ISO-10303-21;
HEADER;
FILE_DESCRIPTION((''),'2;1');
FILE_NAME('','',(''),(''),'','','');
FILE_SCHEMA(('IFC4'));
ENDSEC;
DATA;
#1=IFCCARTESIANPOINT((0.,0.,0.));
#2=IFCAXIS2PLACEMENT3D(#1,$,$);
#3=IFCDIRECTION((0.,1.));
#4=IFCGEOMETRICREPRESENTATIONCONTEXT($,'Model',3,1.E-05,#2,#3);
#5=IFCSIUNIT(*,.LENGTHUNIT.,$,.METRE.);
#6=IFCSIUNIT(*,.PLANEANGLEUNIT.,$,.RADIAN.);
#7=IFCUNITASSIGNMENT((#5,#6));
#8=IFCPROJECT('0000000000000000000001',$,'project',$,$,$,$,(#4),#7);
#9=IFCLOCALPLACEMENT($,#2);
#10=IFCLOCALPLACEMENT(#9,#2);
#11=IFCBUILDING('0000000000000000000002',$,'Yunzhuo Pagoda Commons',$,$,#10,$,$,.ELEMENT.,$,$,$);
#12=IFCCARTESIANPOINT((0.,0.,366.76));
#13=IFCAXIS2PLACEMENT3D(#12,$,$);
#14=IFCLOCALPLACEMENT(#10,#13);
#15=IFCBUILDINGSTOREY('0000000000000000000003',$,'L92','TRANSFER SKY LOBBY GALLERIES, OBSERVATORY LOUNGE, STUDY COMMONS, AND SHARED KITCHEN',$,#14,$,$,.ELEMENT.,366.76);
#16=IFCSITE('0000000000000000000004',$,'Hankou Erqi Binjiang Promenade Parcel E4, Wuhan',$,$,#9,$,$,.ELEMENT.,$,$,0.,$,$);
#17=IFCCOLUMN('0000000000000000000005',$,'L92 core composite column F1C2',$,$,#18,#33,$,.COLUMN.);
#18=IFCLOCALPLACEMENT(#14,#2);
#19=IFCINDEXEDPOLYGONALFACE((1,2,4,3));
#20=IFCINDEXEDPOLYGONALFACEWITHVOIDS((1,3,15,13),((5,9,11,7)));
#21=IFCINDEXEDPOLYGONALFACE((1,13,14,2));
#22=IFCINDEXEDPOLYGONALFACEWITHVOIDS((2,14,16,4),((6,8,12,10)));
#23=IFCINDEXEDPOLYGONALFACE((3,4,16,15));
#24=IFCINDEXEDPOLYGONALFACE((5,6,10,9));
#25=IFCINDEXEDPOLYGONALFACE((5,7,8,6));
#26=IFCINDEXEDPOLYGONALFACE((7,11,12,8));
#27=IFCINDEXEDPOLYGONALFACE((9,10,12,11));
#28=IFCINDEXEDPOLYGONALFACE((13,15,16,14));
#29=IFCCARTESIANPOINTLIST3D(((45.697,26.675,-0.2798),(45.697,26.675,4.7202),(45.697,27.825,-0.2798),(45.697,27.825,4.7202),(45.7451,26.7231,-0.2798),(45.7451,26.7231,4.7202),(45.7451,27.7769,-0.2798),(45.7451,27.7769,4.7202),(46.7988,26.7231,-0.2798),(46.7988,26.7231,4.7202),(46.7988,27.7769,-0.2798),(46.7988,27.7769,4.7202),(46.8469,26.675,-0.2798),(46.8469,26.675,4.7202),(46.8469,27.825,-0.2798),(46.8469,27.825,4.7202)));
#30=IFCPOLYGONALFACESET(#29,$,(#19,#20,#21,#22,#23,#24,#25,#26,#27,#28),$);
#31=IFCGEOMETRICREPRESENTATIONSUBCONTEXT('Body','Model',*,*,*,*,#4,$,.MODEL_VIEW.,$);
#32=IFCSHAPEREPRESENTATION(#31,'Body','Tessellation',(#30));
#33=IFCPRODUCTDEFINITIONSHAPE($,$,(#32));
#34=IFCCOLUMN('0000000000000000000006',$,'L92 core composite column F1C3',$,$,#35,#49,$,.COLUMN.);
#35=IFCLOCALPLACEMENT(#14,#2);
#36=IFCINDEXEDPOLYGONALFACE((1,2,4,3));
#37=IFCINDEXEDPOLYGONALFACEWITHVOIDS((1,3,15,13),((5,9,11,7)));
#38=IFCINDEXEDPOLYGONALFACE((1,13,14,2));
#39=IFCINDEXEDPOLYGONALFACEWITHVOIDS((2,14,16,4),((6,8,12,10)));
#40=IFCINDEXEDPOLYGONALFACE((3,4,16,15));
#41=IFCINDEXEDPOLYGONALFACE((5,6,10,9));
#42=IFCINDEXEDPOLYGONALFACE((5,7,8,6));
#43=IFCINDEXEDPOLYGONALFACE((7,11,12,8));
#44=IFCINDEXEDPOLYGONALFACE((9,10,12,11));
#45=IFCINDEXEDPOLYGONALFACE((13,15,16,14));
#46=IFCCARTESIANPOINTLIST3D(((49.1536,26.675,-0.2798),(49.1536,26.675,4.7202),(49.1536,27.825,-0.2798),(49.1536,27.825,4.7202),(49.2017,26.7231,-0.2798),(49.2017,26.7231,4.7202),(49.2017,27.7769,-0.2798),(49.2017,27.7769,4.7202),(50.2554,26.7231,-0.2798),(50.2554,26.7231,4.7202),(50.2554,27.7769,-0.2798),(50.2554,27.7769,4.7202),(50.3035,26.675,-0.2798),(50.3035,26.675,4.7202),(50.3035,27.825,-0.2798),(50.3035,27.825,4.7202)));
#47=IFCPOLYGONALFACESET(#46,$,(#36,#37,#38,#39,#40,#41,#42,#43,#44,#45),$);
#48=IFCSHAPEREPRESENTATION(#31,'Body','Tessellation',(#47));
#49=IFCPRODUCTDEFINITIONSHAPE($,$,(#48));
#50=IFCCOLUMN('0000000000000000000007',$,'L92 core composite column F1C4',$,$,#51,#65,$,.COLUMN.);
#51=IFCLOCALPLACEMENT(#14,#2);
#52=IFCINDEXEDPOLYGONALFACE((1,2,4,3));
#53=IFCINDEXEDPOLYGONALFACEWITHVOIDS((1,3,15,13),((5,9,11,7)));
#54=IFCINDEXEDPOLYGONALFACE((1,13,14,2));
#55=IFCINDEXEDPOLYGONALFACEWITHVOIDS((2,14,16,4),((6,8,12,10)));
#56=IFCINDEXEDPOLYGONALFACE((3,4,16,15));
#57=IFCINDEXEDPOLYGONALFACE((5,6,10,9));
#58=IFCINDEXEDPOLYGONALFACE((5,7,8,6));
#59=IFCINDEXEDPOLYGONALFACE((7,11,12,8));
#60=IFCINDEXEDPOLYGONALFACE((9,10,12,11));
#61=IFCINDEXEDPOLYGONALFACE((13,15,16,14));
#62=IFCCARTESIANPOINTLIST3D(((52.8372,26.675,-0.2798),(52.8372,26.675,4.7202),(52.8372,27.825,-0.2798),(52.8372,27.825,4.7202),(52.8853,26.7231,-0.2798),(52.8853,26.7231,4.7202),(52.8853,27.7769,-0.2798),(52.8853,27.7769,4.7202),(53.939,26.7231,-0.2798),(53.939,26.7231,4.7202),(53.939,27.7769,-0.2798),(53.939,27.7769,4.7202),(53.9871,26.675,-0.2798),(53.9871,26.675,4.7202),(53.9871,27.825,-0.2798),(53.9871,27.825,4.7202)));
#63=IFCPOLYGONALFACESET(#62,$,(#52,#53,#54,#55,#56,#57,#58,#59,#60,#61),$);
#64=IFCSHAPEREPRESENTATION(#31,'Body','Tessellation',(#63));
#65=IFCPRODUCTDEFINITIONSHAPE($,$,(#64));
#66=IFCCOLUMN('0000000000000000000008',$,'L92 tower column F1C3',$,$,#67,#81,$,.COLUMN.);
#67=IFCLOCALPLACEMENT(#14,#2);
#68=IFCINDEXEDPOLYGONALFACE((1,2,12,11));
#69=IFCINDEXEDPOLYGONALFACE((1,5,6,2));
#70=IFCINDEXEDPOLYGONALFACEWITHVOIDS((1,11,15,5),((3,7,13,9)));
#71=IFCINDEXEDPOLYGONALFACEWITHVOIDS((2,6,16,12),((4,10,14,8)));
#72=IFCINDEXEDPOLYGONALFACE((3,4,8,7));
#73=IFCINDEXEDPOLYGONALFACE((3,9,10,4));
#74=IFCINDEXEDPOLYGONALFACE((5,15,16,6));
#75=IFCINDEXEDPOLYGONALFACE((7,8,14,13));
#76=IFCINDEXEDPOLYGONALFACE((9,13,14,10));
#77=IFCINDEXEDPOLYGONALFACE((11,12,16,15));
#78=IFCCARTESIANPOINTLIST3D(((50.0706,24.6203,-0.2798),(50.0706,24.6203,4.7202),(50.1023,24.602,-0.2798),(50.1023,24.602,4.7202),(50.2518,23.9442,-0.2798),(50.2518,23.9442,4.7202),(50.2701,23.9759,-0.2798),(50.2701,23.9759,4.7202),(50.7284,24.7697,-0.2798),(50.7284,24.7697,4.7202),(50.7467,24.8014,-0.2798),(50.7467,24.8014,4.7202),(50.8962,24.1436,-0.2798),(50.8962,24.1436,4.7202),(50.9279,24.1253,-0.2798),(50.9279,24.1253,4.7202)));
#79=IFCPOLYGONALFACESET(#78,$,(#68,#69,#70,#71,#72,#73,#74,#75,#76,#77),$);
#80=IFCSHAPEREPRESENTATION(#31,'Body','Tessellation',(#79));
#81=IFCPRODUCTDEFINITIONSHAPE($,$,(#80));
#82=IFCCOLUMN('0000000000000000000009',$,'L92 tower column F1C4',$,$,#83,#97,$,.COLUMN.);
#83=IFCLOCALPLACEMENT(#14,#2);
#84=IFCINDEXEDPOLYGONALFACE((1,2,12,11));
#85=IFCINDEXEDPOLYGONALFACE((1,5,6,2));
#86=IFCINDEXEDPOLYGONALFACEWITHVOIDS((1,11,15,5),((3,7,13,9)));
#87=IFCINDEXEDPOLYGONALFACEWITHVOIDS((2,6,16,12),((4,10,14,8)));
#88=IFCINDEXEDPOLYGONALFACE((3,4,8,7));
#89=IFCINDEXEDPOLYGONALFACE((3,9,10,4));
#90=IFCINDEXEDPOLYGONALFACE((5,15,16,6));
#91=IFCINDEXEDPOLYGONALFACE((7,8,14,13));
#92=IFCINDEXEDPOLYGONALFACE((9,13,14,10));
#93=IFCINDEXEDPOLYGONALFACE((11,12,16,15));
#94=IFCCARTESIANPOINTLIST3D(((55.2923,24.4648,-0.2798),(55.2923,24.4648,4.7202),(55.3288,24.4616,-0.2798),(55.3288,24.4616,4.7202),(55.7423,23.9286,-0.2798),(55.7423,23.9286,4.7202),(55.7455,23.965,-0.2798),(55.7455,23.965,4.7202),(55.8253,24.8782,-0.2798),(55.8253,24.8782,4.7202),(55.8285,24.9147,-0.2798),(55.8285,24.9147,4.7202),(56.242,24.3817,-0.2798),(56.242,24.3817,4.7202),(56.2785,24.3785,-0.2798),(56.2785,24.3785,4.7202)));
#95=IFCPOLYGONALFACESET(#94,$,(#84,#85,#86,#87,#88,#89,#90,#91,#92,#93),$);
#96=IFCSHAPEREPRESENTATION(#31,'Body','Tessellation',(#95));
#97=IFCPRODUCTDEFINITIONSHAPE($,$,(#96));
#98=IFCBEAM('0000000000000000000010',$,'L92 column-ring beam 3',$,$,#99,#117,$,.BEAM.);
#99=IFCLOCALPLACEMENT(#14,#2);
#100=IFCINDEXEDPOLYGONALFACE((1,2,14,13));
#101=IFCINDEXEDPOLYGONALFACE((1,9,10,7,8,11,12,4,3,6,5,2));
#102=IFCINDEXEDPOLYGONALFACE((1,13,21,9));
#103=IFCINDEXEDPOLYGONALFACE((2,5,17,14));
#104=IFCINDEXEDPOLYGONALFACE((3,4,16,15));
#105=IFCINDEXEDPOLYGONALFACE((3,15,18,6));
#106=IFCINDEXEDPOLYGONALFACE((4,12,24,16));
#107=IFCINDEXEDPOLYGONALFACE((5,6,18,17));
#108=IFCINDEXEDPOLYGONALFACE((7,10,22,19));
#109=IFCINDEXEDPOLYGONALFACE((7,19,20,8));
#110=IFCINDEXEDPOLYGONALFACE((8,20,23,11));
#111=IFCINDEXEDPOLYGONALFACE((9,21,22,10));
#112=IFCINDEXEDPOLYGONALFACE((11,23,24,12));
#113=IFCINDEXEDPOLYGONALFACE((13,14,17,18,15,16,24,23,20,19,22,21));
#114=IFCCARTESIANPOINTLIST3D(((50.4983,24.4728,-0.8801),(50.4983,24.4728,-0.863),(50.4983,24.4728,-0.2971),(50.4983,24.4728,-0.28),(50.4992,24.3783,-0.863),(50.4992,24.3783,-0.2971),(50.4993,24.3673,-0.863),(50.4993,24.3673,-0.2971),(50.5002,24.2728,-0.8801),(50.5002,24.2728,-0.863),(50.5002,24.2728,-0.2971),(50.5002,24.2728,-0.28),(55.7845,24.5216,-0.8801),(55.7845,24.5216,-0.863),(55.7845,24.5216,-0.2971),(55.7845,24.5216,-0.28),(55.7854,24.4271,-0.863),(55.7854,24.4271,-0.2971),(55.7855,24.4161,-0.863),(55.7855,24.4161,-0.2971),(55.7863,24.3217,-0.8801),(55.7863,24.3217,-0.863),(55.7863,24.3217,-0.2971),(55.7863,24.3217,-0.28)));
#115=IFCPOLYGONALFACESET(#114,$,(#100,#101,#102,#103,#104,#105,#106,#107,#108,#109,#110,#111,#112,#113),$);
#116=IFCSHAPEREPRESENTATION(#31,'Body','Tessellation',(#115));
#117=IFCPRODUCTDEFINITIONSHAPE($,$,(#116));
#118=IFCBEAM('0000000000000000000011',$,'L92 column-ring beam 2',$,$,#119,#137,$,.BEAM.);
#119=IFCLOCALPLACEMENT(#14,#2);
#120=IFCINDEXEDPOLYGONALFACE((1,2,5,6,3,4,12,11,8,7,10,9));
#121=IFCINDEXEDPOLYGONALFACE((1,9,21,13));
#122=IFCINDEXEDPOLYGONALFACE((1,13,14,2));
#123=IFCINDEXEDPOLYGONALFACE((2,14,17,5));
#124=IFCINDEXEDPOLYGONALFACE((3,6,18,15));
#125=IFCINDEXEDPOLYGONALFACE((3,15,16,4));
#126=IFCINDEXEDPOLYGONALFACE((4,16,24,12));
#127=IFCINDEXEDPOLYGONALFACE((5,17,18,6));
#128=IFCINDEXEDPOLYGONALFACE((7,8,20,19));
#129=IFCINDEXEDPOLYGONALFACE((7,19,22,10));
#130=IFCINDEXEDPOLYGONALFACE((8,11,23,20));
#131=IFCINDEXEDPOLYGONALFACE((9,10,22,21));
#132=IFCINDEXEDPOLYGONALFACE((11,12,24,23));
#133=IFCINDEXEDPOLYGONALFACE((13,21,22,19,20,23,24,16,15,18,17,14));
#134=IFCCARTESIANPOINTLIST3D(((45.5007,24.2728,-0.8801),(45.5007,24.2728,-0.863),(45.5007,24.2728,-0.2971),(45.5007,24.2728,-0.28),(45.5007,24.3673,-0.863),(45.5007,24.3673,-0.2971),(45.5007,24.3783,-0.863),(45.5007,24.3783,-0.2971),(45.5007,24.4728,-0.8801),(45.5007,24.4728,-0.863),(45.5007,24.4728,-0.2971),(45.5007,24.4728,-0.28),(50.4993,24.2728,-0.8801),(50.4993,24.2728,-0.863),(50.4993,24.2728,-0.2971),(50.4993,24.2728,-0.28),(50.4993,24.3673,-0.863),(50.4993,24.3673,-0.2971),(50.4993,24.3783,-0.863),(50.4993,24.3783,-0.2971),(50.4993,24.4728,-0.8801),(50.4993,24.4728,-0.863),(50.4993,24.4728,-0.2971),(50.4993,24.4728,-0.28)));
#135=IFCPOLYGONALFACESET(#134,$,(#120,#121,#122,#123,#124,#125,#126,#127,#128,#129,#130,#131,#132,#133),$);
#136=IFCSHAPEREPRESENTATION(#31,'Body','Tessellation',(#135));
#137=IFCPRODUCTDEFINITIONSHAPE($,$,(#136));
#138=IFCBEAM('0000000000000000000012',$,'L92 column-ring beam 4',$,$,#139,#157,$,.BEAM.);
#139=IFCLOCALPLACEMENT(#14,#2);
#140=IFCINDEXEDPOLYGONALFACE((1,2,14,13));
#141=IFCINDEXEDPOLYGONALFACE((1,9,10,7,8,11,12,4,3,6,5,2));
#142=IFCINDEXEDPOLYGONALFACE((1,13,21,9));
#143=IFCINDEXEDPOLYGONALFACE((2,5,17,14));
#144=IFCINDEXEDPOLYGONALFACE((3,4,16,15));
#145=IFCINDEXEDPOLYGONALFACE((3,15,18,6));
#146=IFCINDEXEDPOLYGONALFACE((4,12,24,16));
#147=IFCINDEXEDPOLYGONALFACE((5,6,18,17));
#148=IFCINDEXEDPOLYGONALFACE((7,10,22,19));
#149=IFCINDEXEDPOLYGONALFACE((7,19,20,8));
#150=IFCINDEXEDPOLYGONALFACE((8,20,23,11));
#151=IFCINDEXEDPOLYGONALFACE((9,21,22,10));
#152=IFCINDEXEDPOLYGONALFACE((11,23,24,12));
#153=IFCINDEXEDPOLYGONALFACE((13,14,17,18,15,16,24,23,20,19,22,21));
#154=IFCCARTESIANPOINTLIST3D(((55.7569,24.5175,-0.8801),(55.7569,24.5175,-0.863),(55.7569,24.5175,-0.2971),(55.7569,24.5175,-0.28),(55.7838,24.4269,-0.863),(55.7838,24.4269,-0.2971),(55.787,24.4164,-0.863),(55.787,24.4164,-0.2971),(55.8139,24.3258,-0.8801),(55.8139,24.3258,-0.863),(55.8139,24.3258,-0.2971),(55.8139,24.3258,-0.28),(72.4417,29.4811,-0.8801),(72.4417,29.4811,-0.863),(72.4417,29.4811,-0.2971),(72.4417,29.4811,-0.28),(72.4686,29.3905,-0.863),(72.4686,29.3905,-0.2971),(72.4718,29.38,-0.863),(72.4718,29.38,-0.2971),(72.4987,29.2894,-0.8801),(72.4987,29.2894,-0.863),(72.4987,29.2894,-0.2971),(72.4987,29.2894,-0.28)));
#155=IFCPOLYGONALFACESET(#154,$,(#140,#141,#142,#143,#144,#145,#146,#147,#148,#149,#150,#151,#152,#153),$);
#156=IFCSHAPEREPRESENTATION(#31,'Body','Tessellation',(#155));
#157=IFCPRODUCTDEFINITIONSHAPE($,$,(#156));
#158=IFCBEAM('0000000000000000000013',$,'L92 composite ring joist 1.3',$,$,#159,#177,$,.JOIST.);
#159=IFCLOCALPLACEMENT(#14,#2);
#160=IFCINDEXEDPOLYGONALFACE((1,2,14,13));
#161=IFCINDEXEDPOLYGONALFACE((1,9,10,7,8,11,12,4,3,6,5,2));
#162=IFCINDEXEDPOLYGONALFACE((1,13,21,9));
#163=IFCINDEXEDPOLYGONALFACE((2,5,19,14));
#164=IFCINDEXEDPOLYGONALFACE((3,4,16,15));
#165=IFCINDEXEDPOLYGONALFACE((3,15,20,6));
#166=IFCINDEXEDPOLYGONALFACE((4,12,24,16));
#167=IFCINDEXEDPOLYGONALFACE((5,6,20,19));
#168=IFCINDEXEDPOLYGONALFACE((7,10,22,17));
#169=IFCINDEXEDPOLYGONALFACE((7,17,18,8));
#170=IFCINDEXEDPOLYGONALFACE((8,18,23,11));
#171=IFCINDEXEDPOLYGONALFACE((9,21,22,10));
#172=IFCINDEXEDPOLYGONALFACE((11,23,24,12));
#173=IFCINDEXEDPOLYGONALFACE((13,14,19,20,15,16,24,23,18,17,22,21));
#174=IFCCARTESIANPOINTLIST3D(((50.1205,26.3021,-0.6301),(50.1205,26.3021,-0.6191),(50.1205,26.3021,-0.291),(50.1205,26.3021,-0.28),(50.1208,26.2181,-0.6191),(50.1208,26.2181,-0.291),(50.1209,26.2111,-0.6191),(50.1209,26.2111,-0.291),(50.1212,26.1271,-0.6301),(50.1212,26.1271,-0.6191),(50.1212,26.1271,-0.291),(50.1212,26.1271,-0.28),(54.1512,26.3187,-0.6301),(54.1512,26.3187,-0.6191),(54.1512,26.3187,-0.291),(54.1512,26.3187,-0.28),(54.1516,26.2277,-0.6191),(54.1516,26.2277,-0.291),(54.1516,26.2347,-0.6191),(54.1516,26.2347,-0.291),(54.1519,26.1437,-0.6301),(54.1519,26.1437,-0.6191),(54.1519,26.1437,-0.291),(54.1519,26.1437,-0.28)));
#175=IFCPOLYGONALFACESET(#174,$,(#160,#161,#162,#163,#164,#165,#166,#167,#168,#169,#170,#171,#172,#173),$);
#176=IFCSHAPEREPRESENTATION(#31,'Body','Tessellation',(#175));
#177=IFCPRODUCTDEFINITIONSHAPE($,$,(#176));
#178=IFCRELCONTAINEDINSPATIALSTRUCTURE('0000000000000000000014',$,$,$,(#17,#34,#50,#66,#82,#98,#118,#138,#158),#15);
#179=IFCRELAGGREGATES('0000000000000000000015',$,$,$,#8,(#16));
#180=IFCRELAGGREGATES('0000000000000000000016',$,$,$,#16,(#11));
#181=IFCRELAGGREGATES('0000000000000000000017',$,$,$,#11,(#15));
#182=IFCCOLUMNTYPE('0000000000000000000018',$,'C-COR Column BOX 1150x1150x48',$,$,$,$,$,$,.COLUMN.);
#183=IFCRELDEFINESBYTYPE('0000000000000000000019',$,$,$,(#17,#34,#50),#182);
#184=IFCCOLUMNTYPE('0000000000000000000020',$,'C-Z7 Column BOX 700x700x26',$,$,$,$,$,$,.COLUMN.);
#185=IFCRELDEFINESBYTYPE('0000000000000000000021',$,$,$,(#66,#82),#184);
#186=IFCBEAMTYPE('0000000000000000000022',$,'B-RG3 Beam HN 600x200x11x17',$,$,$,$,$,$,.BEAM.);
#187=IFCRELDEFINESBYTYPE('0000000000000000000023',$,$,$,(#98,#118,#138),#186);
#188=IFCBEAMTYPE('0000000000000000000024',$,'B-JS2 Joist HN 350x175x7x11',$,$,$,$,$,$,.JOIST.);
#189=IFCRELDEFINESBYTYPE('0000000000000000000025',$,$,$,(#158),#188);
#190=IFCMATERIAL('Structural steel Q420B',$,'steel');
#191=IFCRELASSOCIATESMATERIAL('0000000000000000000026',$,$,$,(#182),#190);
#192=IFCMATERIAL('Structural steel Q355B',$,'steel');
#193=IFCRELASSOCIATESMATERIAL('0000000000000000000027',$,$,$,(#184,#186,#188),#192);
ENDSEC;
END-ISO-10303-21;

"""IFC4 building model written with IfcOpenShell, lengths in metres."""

from ifc_helpers import new_model, si_unit, direction, frame, origin, origin_2d, place, context, subcontext, project, spatial, hollow_rectangle, i_section, extrude, source, transform, mapped, material, material_profile, profile_set, type_object, element, save


model = new_model("IFC4")

# Units and contexts
model_context = context("Model", 3, precision=1e-05, world=origin(), true_north=direction((0.0, 1.0)))
body_context = subcontext(model_context, "Body", "Model", "MODEL_VIEW")
ifc_project = project(units=[si_unit("LENGTHUNIT", "METRE"), si_unit("PLANEANGLEUNIT", "RADIAN")], contexts=[model_context])

# Site, building, storey
site_placement = place(None, origin())
site = spatial("IfcSite", under=ifc_project, at=site_placement, Name="Hankou Erqi Binjiang Promenade Parcel E4, Wuhan", CompositionType="ELEMENT", RefElevation=0.0)
building_placement = place(site_placement, origin())
building = spatial("IfcBuilding", under=site, at=building_placement, Name="Yunzhuo Pagoda Commons", CompositionType="ELEMENT")
storey_placement = place(building_placement, frame((0.0, 0.0, 366.76)))
storey = spatial("IfcBuildingStorey", under=building, at=storey_placement, Name="L92", Description="TRANSFER SKY LOBBY GALLERIES, OBSERVATORY LOUNGE, STUDY COMMONS, AND SHARED KITCHEN", CompositionType="ELEMENT", Elevation=366.76)

# Columns
ifc_material_1 = material(Name="Structural steel Q420B", Category="steel")
ifc_material_profile_1 = material_profile(ifc_material_1, hollow_rectangle(XDim=1.1499, YDim=1.1499, WallThickness=0.0481, at=origin_2d()), Name="Structural steel Q420B")
ifc_profile_set_1 = profile_set([ifc_material_profile_1], Name="Structural steel Q420B")
column_type_1 = type_object("IfcColumnType", Name="C-COR Column BOX 1150x1150x48", PredefinedType="COLUMN", material=ifc_profile_set_1)
shared_shape_1 = source(origin(), body_context, "Body", "SweptSolid", [
    extrude(hollow_rectangle(XDim=1.1499, YDim=1.1499, WallThickness=0.0481, at=origin_2d()), origin(), (0.0, 0.0, 1.0), 5.0),
])
for number, where, z_axis, x_axis, name in (
    (1, (46.272, 27.25, -0.2798), (0.0, 0.0, 1.0), (1.0, 0.0, 0.0), "L92 core composite column F1C2"),
    (2, (49.7285, 27.25, -0.2798), (0.0, 0.0, 1.0), (1.0, 0.0, 0.0), "L92 core composite column F1C3"),
    (3, (53.4121, 27.25, -0.2798), (0.0, 0.0, 1.0), (1.0, 0.0, 0.0), "L92 core composite column F1C4"),
):
    element("IfcColumn", number, at=place(storey_placement, frame(where, z_axis=z_axis, x_axis=x_axis)), inside=storey, type_object=column_type_1, Name=name, PredefinedType="COLUMN", context=body_context, shape_type="MappedRepresentation", body=[
        mapped(shared_shape_1, transform((0.0, 0.0, 0.0), scale=1.0)),
    ])
ifc_material_2 = material(Name="Structural steel Q355B", Category="steel")
ifc_material_profile_2 = material_profile(ifc_material_2, hollow_rectangle(XDim=0.7, YDim=0.7, WallThickness=0.0259, at=origin_2d()), Name="Structural steel Q355B")
ifc_profile_set_2 = profile_set([ifc_material_profile_2], Name="Structural steel Q355B")
column_type_2 = type_object("IfcColumnType", Name="C-Z7 Column BOX 700x700x26", PredefinedType="COLUMN", material=ifc_profile_set_2)
shared_shape_2 = source(origin(), body_context, "Body", "SweptSolid", [
    extrude(hollow_rectangle(XDim=0.7, YDim=0.7, WallThickness=0.0259, at=origin_2d()), origin(), (0.0, 0.0, 1.0), 5.0),
])
for number, where, z_axis, x_axis, name in (
    (4, (50.4993, 24.3728, -0.2798), (0.0, 0.0, 1.0), (0.965926, 0.258819, 0.0), "L92 tower column F1C3"),
    (5, (55.7854, 24.4216, -0.2798), (0.0, 0.0, 1.0), (0.766044, 0.642788, 0.0), "L92 tower column F1C4"),
):
    element("IfcColumn", number, at=place(storey_placement, frame(where, z_axis=z_axis, x_axis=x_axis)), inside=storey, type_object=column_type_2, Name=name, PredefinedType="COLUMN", context=body_context, shape_type="MappedRepresentation", body=[
        mapped(shared_shape_2, transform((0.0, 0.0, 0.0), scale=1.0)),
    ])

# Beams
ifc_material_profile_3 = material_profile(ifc_material_2, i_section(OverallWidth=0.2, OverallDepth=0.6001, WebThickness=0.011, FlangeThickness=0.0171, at=origin_2d()), Name="Structural steel Q355B")
ifc_profile_set_3 = profile_set([ifc_material_profile_3], Name="Structural steel Q355B")
beam_type_1 = type_object("IfcBeamType", Name="B-RG3 Beam HN 600x200x11x17", PredefinedType="BEAM", material=ifc_profile_set_3)
shared_shape_3 = source(origin(), body_context, "Body", "SweptSolid", [
    extrude(i_section(OverallWidth=0.2, OverallDepth=0.6001, WebThickness=0.011, FlangeThickness=0.0171, at=origin_2d()), origin(), (0.0, 0.0, 1.0), 5.2864),
])
beam_1_placement = place(storey_placement, frame((50.4993, 24.3728, -0.5801), z_axis=(0.999957, 0.009237, 0.0), x_axis=(-0.009237, 0.999957, 0.0)))
element("IfcBeam", 6, at=beam_1_placement, inside=storey, type_object=beam_type_1, Name="L92 column-ring beam 3", PredefinedType="BEAM", context=body_context, shape_type="MappedRepresentation", body=[
    mapped(shared_shape_3, transform((0.0, 0.0, 0.0), scale=1.0)),
])
shared_shape_4 = source(origin(), body_context, "Body", "SweptSolid", [
    extrude(i_section(OverallWidth=0.2, OverallDepth=0.6001, WebThickness=0.011, FlangeThickness=0.0171, at=origin_2d()), origin(), (0.0, 0.0, 1.0), 4.9985),
])
beam_2_placement = place(storey_placement, frame((45.5007, 24.3728, -0.5801), z_axis=(1.0, 0.0, 0.0), x_axis=(0.0, 1.0, 0.0)))
element("IfcBeam", 7, at=beam_2_placement, inside=storey, type_object=beam_type_1, Name="L92 column-ring beam 2", PredefinedType="BEAM", context=body_context, shape_type="MappedRepresentation", body=[
    mapped(shared_shape_4, transform((0.0, 0.0, 0.0), scale=1.0)),
])
shared_shape_5 = source(origin(), body_context, "Body", "SweptSolid", [
    extrude(i_section(OverallWidth=0.2, OverallDepth=0.6001, WebThickness=0.011, FlangeThickness=0.0171, at=origin_2d()), origin(), (0.0, 0.0, 1.0), 17.4075),
])
beam_3_placement = place(storey_placement, frame((55.7854, 24.4216, -0.5801), z_axis=(0.958485, 0.285143, 0.0), x_axis=(-0.285143, 0.958485, 0.0)))
element("IfcBeam", 8, at=beam_3_placement, inside=storey, type_object=beam_type_1, Name="L92 column-ring beam 4", PredefinedType="BEAM", context=body_context, shape_type="MappedRepresentation", body=[
    mapped(shared_shape_5, transform((0.0, 0.0, 0.0), scale=1.0)),
])
ifc_material_profile_4 = material_profile(ifc_material_2, i_section(OverallWidth=0.175, OverallDepth=0.3501, WebThickness=0.0071, FlangeThickness=0.011, at=origin_2d()), Name="Structural steel Q355B")
ifc_profile_set_4 = profile_set([ifc_material_profile_4], Name="Structural steel Q355B")
beam_type_2 = type_object("IfcBeamType", Name="B-JS2 Joist HN 350x175x7x11", PredefinedType="JOIST", material=ifc_profile_set_4)
shared_shape_6 = source(origin(), body_context, "Body", "SweptSolid", [
    extrude(i_section(OverallWidth=0.175, OverallDepth=0.3501, WebThickness=0.0071, FlangeThickness=0.011, at=origin_2d()), origin(), (0.0, 0.0, 1.0), 4.0308),
])
beam_4_placement = place(storey_placement, frame((50.1208, 26.2146, -0.4551), z_axis=(0.999992, 0.004119, 0.0), x_axis=(-0.004119, 0.999992, 0.0)))
element("IfcBeam", 9, at=beam_4_placement, inside=storey, type_object=beam_type_2, Name="L92 composite ring joist 1.3", PredefinedType="JOIST", context=body_context, shape_type="MappedRepresentation", body=[
    mapped(shared_shape_6, transform((0.0, 0.0, 0.0), scale=1.0)),
])

save(model, "model.ifc")
